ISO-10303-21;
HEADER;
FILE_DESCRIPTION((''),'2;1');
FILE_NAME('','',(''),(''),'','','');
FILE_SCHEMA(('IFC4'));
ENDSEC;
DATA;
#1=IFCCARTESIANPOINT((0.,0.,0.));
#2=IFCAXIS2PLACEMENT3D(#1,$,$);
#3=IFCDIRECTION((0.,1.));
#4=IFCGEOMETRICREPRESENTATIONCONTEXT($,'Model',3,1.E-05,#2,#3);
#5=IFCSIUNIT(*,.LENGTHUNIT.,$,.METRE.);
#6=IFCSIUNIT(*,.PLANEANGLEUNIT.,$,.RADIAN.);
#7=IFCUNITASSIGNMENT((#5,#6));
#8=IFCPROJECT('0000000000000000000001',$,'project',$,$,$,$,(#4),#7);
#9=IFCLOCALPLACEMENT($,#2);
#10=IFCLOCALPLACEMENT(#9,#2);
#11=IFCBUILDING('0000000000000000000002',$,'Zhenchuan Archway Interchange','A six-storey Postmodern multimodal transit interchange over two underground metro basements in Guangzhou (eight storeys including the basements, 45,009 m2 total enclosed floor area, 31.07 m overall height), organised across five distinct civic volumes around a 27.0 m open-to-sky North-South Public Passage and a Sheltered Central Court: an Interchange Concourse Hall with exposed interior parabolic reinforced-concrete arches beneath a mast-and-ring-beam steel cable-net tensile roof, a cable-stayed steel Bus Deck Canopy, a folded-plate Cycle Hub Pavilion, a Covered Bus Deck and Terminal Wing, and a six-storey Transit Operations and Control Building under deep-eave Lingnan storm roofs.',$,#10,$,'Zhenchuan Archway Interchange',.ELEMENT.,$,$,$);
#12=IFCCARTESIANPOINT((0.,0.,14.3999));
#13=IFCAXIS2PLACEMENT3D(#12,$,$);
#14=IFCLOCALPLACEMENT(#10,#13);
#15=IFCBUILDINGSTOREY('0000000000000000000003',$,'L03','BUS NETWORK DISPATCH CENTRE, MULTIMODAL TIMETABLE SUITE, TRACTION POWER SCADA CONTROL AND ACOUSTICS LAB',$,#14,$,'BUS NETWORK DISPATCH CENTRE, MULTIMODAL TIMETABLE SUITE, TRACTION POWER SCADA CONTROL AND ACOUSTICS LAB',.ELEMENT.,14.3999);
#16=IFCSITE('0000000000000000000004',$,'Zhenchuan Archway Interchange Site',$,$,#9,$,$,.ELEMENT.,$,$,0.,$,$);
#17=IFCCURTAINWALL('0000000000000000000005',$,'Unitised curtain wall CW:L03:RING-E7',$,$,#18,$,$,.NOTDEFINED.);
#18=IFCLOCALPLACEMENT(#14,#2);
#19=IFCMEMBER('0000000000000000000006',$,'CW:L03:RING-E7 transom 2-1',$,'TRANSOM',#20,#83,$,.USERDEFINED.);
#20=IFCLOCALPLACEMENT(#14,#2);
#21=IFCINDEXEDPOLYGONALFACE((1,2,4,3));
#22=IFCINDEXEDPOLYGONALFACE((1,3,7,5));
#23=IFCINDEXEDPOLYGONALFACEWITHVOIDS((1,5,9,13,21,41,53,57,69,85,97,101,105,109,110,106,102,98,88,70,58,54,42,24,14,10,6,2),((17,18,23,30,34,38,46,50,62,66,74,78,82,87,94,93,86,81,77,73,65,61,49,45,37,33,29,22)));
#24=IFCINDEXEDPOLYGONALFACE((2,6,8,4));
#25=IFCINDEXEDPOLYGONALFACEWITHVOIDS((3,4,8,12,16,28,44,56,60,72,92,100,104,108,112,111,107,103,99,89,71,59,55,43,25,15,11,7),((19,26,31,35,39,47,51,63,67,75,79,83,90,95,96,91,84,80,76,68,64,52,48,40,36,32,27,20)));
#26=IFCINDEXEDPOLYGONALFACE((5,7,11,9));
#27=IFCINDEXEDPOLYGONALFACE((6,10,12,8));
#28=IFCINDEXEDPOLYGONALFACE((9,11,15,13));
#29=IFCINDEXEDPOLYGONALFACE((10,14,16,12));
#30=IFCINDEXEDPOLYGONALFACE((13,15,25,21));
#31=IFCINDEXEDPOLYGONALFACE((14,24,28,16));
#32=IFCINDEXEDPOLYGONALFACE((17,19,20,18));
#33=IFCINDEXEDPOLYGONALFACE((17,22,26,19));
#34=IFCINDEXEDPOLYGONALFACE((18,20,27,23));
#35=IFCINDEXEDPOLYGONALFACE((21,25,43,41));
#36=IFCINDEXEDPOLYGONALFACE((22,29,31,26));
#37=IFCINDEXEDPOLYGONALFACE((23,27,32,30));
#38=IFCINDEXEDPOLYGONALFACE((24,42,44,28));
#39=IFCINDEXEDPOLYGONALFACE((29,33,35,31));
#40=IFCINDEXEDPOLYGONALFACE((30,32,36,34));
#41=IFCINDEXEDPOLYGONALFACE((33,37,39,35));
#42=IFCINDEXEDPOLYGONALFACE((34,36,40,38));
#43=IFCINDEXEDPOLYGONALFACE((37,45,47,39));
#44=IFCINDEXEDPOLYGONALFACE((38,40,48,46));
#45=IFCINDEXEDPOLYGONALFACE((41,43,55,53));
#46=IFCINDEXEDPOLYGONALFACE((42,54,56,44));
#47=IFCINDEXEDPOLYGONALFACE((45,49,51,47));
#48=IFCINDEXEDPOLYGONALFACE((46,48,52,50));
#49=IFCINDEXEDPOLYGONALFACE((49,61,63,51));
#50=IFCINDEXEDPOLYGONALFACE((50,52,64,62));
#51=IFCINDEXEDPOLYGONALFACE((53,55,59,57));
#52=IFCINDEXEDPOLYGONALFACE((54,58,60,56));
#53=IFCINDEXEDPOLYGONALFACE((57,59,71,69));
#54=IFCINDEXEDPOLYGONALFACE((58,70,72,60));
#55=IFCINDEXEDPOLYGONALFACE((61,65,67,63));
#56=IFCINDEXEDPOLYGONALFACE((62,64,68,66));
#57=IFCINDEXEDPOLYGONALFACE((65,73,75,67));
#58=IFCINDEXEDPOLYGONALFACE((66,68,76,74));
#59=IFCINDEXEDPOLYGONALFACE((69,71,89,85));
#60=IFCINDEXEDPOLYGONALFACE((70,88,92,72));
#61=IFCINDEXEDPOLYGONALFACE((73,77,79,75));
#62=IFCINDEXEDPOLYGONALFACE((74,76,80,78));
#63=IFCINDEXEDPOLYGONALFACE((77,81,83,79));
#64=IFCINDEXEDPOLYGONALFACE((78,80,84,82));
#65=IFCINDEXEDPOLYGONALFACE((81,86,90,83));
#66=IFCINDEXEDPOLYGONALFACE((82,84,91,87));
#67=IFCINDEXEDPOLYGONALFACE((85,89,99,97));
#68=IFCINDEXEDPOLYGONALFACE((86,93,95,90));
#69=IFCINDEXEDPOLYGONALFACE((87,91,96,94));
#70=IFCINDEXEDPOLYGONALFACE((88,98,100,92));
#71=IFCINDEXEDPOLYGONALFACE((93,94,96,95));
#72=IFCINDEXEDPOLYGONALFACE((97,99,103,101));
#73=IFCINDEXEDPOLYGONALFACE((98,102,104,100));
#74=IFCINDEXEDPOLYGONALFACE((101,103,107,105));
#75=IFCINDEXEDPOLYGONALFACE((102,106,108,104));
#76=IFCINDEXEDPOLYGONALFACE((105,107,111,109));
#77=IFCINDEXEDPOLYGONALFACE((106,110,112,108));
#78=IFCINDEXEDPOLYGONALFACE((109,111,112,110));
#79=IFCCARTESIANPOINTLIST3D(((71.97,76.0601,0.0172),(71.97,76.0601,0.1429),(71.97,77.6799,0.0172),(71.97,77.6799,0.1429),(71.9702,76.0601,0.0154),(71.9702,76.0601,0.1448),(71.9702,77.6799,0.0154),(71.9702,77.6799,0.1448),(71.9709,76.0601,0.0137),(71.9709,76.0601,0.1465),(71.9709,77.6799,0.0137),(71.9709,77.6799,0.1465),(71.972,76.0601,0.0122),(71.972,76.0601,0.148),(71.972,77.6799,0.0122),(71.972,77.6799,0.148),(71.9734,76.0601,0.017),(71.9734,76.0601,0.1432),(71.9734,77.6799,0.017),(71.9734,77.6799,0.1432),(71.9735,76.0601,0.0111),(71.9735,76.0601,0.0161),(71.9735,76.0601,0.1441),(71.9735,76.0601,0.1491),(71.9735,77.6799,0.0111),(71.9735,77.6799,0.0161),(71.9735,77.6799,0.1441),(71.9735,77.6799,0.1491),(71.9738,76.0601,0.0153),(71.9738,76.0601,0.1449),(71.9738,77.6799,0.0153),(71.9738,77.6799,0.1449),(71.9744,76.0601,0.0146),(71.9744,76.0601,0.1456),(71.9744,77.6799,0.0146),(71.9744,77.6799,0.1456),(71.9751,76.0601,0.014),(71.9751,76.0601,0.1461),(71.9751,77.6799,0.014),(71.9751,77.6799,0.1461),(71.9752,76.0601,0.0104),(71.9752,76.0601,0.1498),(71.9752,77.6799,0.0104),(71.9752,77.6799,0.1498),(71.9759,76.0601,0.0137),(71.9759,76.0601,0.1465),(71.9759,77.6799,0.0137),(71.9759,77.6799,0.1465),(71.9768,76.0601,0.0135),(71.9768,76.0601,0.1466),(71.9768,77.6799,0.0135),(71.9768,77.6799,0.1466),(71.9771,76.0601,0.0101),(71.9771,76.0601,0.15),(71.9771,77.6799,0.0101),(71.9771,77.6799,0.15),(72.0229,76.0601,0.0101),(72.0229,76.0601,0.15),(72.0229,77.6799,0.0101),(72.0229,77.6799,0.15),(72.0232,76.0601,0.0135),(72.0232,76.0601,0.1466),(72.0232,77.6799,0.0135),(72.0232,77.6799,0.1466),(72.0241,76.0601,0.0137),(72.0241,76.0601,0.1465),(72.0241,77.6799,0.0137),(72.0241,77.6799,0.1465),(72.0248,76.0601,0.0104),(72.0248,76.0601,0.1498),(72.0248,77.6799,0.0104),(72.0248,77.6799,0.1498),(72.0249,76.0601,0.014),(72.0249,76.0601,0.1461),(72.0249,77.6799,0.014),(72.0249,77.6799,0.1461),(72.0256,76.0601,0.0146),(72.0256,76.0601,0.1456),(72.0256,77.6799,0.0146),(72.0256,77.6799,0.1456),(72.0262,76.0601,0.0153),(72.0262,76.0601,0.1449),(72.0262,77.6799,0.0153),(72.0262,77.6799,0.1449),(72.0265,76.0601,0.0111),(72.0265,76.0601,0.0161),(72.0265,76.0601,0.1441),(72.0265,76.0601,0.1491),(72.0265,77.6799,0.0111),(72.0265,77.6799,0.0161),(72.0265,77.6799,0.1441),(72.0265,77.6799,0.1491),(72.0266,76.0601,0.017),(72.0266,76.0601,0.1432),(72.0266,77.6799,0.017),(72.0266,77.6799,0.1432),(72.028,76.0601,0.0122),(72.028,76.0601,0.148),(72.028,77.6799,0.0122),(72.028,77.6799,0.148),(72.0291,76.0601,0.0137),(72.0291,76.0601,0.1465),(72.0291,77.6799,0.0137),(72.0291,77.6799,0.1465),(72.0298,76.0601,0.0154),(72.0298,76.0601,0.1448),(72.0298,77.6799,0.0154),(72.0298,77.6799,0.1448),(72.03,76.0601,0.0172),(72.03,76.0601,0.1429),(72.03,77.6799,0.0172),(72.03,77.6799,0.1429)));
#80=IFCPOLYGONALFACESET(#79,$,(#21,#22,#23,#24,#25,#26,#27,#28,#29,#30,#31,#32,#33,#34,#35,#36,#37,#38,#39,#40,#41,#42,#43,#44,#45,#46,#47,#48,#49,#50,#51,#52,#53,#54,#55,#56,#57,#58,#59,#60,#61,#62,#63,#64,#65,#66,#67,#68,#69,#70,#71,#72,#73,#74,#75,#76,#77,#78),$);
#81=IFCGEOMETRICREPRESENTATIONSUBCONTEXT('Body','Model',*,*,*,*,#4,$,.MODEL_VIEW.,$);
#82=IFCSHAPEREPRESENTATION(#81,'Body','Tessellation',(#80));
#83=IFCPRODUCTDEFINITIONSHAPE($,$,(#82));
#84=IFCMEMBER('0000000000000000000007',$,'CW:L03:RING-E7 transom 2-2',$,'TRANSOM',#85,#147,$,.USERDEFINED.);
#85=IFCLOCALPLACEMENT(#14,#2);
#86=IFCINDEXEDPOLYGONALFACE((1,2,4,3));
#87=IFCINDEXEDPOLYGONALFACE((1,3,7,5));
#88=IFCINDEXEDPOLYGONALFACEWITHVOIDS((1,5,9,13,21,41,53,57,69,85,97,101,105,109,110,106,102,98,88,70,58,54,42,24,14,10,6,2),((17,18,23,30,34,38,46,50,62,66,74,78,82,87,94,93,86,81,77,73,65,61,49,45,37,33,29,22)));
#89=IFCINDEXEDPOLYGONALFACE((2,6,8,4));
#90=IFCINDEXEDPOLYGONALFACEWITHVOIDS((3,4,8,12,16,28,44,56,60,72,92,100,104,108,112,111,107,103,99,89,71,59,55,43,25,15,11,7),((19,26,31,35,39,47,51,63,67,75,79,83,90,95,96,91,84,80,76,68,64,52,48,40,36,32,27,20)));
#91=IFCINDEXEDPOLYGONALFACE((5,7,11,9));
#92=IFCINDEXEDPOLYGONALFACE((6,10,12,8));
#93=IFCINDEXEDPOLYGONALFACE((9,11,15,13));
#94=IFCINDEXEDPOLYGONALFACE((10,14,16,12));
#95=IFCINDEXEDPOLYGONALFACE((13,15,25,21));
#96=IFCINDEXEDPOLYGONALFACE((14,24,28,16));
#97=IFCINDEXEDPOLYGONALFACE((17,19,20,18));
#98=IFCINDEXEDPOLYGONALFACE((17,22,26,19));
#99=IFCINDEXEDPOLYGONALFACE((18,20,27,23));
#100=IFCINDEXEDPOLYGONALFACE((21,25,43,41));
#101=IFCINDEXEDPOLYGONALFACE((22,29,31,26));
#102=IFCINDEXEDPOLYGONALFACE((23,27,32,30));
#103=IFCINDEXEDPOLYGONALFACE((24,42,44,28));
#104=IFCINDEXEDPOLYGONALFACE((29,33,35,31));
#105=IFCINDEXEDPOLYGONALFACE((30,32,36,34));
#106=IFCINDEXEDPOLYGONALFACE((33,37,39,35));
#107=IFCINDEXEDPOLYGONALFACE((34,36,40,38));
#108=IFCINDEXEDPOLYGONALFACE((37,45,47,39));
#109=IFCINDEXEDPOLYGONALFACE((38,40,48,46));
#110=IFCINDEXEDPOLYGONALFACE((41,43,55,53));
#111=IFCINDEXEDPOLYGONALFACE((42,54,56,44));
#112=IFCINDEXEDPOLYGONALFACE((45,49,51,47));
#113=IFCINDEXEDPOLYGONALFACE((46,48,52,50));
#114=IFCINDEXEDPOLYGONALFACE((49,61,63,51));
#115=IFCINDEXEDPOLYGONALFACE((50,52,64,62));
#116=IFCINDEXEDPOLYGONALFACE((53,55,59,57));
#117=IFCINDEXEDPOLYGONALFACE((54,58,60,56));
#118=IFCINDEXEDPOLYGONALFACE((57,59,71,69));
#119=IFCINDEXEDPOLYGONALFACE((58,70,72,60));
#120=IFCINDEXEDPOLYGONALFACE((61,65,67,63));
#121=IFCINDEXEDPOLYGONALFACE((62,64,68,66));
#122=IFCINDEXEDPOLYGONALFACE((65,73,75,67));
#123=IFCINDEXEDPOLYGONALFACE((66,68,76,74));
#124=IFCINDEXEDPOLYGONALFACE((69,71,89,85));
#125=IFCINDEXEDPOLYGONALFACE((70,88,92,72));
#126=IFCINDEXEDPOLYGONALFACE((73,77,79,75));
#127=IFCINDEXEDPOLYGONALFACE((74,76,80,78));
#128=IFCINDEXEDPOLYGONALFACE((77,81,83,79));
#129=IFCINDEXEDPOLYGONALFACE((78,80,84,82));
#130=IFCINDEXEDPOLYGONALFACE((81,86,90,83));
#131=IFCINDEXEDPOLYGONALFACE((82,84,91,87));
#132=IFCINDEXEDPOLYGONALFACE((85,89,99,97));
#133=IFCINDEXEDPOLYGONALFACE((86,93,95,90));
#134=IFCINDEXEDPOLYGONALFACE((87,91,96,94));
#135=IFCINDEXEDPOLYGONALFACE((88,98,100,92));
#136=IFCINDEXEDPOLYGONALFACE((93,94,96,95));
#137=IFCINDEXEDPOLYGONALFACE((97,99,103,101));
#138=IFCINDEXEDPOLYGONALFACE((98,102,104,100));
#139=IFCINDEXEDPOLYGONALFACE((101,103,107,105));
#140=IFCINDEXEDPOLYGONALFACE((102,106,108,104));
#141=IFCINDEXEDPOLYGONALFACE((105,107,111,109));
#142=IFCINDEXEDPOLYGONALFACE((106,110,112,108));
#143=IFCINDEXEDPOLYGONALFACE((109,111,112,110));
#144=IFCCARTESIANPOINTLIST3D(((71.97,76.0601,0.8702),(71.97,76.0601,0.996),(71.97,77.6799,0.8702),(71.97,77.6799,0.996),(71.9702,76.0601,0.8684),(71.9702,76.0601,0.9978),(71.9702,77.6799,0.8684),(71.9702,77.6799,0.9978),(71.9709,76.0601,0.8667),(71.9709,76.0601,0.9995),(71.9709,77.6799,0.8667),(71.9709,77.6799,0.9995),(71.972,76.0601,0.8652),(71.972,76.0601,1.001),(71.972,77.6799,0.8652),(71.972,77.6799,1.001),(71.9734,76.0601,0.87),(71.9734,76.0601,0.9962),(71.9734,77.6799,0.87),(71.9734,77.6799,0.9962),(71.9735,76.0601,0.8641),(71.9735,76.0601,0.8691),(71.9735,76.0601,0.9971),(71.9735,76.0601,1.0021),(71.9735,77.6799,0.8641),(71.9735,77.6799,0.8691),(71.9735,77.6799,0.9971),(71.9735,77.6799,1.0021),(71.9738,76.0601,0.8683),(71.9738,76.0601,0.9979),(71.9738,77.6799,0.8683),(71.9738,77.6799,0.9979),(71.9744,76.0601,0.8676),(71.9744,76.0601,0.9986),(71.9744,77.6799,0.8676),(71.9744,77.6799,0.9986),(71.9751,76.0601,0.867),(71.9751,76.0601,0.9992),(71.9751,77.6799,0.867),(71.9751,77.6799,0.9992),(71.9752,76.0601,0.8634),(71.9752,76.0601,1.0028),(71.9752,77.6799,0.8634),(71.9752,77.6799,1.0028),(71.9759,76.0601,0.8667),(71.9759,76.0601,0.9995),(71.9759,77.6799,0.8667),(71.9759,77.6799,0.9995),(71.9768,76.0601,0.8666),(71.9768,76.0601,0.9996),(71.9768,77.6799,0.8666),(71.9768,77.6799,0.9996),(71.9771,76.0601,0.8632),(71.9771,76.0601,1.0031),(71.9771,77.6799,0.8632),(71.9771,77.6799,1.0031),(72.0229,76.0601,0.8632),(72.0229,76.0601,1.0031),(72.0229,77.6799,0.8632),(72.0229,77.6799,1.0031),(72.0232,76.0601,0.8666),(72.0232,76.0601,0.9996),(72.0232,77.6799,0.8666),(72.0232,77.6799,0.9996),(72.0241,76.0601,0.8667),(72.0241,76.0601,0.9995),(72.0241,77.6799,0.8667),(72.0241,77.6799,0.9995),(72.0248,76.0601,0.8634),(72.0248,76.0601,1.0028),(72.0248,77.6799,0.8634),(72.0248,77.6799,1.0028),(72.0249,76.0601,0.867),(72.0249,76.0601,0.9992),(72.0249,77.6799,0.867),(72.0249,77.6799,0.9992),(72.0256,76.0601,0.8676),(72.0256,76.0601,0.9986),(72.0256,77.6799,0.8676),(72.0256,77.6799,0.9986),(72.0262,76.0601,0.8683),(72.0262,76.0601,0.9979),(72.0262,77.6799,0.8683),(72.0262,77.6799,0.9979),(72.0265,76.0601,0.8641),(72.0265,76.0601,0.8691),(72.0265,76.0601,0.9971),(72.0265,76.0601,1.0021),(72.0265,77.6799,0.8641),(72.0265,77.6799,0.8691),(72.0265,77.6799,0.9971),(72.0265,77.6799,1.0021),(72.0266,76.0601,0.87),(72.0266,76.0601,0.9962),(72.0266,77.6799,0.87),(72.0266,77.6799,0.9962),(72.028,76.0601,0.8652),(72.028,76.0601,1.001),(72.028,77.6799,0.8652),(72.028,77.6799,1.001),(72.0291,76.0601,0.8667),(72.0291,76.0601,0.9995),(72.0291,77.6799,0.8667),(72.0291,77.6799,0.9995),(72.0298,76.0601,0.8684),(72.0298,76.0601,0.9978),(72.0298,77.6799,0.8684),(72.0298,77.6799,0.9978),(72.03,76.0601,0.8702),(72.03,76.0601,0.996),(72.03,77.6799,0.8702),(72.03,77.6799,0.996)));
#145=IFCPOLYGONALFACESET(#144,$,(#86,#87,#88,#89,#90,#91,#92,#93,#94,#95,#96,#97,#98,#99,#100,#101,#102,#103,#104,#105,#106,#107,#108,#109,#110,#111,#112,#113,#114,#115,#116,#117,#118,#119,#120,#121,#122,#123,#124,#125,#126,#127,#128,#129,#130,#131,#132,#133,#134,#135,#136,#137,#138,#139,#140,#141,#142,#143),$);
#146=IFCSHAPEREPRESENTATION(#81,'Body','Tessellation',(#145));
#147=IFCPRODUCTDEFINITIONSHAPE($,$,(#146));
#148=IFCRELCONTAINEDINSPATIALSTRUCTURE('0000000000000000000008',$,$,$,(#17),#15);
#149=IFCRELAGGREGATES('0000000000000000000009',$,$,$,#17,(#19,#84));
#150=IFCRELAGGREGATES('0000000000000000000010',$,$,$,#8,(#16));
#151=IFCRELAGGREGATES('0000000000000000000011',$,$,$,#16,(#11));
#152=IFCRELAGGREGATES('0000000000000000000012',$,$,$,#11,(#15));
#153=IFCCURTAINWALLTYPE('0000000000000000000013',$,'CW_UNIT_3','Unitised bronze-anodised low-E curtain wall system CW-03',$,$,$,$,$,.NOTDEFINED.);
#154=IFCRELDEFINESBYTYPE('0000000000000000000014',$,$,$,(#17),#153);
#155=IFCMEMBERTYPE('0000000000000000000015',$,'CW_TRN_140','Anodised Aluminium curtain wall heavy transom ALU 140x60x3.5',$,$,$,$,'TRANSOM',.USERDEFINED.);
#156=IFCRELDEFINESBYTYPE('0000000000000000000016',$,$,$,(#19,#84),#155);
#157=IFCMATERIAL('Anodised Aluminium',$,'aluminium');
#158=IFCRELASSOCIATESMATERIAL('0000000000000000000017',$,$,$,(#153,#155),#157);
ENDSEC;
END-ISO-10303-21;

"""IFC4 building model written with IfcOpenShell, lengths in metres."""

from ifc_helpers import new_model, si_unit, direction, frame, origin, origin_2d, place, context, subcontext, project, spatial, hollow_rectangle, extrude, material, material_profile, profile_set, type_object, element, aggregate, save


model = new_model("IFC4")

# Units and contexts
model_context = context("Model", 3, precision=1e-05, world=origin(), true_north=direction((0.0, 1.0)))
body_context = subcontext(model_context, "Body", "Model", "MODEL_VIEW")
ifc_project = project(units=[si_unit("LENGTHUNIT", "METRE"), si_unit("PLANEANGLEUNIT", "RADIAN")], contexts=[model_context])

# Site, building, storey
site_placement = place(None, origin())
site = spatial("IfcSite", under=ifc_project, at=site_placement, Name="Zhenchuan Archway Interchange Site", CompositionType="ELEMENT", RefElevation=0.0)
building_placement = place(site_placement, origin())
building = spatial("IfcBuilding", under=site, at=building_placement, Name="Zhenchuan Archway Interchange", Description="A six-storey Postmodern multimodal transit interchange over two underground metro basements in Guangzhou (eight storeys including the basements, 45,009 m2 total enclosed floor area, 31.07 m overall height), organised across five distinct civic volumes around a 27.0 m open-to-sky North-South Public Passage and a Sheltered Central Court: an Interchange Concourse Hall with exposed interior parabolic reinforced-concrete arches beneath a mast-and-ring-beam steel cable-net tensile roof, a cable-stayed steel Bus Deck Canopy, a folded-plate Cycle Hub Pavilion, a Covered Bus Deck and Terminal Wing, and a six-storey Transit Operations and Control Building under deep-eave Lingnan storm roofs.", LongName="Zhenchuan Archway Interchange", CompositionType="ELEMENT")
storey_placement = place(building_placement, frame((0.0, 0.0, 14.3999)))
storey = spatial("IfcBuildingStorey", under=building, at=storey_placement, Name="L03", Description="BUS NETWORK DISPATCH CENTRE, MULTIMODAL TIMETABLE SUITE, TRACTION POWER SCADA CONTROL AND ACOUSTICS LAB", LongName="BUS NETWORK DISPATCH CENTRE, MULTIMODAL TIMETABLE SUITE, TRACTION POWER SCADA CONTROL AND ACOUSTICS LAB", CompositionType="ELEMENT", Elevation=14.3999)

# Curtain wall
ifc_material_1 = material(Name="Anodised Aluminium", Category="aluminium")
curtain_wall_type = type_object("IfcCurtainWallType", Name="CW_UNIT_3", Description="Unitised bronze-anodised low-E curtain wall system CW-03", PredefinedType="NOTDEFINED", material=ifc_material_1)
curtain_wall_1_placement = place(storey_placement, origin())
curtain_wall_1 = element("IfcCurtainWall", 1, at=curtain_wall_1_placement, inside=storey, type_object=curtain_wall_type, Name="Unitised curtain wall CW:L03:RING-E7", PredefinedType="NOTDEFINED")

# Members
ifc_material_profile_1 = material_profile(ifc_material_1, hollow_rectangle(XDim=0.0601, YDim=0.1399, WallThickness=0.0034, InnerFilletRadius=0.0034, OuterFilletRadius=0.0071, at=origin_2d()), Name="ALU 140x60x3.5")
ifc_profile_set_1 = profile_set([ifc_material_profile_1], Name="Anodised Aluminium")
member_type_1 = type_object("IfcMemberType", Name="CW_TRN_140", Description="Anodised Aluminium curtain wall heavy transom ALU 140x60x3.5", ElementType="TRANSOM", PredefinedType="USERDEFINED", material=ifc_profile_set_1)
member_1_placement = place(storey_placement, frame((72.0, 76.0601, 0.0801), z_axis=(0.0, 1.0, 0.0), x_axis=(-1.0, 0.0, 0.0)))
member_1 = element("IfcMember", 2, at=member_1_placement, type_object=member_type_1, Name="CW:L03:RING-E7 transom 2-1", ObjectType="TRANSOM", PredefinedType="USERDEFINED", context=body_context, shape_type="SweptSolid", body=[
    extrude(hollow_rectangle(XDim=0.0601, YDim=0.1399, WallThickness=0.0034, InnerFilletRadius=0.0034, OuterFilletRadius=0.0071, at=origin_2d()), origin(), (0.0, 0.0, 1.0), 1.6199),
])
member_2_placement = place(storey_placement, frame((72.0, 76.0601, 0.9331), z_axis=(0.0, 1.0, 0.0), x_axis=(-1.0, 0.0, 0.0)))
member_2 = element("IfcMember", 3, at=member_2_placement, type_object=member_type_1, Name="CW:L03:RING-E7 transom 2-2", ObjectType="TRANSOM", PredefinedType="USERDEFINED", context=body_context, shape_type="SweptSolid", body=[
    extrude(hollow_rectangle(XDim=0.0601, YDim=0.1399, WallThickness=0.0034, InnerFilletRadius=0.0034, OuterFilletRadius=0.0071, at=origin_2d()), origin(), (0.0, 0.0, 1.0), 1.6199),
])

aggregate(curtain_wall_1, [member_1, member_2])

save(model, "model.ifc")
